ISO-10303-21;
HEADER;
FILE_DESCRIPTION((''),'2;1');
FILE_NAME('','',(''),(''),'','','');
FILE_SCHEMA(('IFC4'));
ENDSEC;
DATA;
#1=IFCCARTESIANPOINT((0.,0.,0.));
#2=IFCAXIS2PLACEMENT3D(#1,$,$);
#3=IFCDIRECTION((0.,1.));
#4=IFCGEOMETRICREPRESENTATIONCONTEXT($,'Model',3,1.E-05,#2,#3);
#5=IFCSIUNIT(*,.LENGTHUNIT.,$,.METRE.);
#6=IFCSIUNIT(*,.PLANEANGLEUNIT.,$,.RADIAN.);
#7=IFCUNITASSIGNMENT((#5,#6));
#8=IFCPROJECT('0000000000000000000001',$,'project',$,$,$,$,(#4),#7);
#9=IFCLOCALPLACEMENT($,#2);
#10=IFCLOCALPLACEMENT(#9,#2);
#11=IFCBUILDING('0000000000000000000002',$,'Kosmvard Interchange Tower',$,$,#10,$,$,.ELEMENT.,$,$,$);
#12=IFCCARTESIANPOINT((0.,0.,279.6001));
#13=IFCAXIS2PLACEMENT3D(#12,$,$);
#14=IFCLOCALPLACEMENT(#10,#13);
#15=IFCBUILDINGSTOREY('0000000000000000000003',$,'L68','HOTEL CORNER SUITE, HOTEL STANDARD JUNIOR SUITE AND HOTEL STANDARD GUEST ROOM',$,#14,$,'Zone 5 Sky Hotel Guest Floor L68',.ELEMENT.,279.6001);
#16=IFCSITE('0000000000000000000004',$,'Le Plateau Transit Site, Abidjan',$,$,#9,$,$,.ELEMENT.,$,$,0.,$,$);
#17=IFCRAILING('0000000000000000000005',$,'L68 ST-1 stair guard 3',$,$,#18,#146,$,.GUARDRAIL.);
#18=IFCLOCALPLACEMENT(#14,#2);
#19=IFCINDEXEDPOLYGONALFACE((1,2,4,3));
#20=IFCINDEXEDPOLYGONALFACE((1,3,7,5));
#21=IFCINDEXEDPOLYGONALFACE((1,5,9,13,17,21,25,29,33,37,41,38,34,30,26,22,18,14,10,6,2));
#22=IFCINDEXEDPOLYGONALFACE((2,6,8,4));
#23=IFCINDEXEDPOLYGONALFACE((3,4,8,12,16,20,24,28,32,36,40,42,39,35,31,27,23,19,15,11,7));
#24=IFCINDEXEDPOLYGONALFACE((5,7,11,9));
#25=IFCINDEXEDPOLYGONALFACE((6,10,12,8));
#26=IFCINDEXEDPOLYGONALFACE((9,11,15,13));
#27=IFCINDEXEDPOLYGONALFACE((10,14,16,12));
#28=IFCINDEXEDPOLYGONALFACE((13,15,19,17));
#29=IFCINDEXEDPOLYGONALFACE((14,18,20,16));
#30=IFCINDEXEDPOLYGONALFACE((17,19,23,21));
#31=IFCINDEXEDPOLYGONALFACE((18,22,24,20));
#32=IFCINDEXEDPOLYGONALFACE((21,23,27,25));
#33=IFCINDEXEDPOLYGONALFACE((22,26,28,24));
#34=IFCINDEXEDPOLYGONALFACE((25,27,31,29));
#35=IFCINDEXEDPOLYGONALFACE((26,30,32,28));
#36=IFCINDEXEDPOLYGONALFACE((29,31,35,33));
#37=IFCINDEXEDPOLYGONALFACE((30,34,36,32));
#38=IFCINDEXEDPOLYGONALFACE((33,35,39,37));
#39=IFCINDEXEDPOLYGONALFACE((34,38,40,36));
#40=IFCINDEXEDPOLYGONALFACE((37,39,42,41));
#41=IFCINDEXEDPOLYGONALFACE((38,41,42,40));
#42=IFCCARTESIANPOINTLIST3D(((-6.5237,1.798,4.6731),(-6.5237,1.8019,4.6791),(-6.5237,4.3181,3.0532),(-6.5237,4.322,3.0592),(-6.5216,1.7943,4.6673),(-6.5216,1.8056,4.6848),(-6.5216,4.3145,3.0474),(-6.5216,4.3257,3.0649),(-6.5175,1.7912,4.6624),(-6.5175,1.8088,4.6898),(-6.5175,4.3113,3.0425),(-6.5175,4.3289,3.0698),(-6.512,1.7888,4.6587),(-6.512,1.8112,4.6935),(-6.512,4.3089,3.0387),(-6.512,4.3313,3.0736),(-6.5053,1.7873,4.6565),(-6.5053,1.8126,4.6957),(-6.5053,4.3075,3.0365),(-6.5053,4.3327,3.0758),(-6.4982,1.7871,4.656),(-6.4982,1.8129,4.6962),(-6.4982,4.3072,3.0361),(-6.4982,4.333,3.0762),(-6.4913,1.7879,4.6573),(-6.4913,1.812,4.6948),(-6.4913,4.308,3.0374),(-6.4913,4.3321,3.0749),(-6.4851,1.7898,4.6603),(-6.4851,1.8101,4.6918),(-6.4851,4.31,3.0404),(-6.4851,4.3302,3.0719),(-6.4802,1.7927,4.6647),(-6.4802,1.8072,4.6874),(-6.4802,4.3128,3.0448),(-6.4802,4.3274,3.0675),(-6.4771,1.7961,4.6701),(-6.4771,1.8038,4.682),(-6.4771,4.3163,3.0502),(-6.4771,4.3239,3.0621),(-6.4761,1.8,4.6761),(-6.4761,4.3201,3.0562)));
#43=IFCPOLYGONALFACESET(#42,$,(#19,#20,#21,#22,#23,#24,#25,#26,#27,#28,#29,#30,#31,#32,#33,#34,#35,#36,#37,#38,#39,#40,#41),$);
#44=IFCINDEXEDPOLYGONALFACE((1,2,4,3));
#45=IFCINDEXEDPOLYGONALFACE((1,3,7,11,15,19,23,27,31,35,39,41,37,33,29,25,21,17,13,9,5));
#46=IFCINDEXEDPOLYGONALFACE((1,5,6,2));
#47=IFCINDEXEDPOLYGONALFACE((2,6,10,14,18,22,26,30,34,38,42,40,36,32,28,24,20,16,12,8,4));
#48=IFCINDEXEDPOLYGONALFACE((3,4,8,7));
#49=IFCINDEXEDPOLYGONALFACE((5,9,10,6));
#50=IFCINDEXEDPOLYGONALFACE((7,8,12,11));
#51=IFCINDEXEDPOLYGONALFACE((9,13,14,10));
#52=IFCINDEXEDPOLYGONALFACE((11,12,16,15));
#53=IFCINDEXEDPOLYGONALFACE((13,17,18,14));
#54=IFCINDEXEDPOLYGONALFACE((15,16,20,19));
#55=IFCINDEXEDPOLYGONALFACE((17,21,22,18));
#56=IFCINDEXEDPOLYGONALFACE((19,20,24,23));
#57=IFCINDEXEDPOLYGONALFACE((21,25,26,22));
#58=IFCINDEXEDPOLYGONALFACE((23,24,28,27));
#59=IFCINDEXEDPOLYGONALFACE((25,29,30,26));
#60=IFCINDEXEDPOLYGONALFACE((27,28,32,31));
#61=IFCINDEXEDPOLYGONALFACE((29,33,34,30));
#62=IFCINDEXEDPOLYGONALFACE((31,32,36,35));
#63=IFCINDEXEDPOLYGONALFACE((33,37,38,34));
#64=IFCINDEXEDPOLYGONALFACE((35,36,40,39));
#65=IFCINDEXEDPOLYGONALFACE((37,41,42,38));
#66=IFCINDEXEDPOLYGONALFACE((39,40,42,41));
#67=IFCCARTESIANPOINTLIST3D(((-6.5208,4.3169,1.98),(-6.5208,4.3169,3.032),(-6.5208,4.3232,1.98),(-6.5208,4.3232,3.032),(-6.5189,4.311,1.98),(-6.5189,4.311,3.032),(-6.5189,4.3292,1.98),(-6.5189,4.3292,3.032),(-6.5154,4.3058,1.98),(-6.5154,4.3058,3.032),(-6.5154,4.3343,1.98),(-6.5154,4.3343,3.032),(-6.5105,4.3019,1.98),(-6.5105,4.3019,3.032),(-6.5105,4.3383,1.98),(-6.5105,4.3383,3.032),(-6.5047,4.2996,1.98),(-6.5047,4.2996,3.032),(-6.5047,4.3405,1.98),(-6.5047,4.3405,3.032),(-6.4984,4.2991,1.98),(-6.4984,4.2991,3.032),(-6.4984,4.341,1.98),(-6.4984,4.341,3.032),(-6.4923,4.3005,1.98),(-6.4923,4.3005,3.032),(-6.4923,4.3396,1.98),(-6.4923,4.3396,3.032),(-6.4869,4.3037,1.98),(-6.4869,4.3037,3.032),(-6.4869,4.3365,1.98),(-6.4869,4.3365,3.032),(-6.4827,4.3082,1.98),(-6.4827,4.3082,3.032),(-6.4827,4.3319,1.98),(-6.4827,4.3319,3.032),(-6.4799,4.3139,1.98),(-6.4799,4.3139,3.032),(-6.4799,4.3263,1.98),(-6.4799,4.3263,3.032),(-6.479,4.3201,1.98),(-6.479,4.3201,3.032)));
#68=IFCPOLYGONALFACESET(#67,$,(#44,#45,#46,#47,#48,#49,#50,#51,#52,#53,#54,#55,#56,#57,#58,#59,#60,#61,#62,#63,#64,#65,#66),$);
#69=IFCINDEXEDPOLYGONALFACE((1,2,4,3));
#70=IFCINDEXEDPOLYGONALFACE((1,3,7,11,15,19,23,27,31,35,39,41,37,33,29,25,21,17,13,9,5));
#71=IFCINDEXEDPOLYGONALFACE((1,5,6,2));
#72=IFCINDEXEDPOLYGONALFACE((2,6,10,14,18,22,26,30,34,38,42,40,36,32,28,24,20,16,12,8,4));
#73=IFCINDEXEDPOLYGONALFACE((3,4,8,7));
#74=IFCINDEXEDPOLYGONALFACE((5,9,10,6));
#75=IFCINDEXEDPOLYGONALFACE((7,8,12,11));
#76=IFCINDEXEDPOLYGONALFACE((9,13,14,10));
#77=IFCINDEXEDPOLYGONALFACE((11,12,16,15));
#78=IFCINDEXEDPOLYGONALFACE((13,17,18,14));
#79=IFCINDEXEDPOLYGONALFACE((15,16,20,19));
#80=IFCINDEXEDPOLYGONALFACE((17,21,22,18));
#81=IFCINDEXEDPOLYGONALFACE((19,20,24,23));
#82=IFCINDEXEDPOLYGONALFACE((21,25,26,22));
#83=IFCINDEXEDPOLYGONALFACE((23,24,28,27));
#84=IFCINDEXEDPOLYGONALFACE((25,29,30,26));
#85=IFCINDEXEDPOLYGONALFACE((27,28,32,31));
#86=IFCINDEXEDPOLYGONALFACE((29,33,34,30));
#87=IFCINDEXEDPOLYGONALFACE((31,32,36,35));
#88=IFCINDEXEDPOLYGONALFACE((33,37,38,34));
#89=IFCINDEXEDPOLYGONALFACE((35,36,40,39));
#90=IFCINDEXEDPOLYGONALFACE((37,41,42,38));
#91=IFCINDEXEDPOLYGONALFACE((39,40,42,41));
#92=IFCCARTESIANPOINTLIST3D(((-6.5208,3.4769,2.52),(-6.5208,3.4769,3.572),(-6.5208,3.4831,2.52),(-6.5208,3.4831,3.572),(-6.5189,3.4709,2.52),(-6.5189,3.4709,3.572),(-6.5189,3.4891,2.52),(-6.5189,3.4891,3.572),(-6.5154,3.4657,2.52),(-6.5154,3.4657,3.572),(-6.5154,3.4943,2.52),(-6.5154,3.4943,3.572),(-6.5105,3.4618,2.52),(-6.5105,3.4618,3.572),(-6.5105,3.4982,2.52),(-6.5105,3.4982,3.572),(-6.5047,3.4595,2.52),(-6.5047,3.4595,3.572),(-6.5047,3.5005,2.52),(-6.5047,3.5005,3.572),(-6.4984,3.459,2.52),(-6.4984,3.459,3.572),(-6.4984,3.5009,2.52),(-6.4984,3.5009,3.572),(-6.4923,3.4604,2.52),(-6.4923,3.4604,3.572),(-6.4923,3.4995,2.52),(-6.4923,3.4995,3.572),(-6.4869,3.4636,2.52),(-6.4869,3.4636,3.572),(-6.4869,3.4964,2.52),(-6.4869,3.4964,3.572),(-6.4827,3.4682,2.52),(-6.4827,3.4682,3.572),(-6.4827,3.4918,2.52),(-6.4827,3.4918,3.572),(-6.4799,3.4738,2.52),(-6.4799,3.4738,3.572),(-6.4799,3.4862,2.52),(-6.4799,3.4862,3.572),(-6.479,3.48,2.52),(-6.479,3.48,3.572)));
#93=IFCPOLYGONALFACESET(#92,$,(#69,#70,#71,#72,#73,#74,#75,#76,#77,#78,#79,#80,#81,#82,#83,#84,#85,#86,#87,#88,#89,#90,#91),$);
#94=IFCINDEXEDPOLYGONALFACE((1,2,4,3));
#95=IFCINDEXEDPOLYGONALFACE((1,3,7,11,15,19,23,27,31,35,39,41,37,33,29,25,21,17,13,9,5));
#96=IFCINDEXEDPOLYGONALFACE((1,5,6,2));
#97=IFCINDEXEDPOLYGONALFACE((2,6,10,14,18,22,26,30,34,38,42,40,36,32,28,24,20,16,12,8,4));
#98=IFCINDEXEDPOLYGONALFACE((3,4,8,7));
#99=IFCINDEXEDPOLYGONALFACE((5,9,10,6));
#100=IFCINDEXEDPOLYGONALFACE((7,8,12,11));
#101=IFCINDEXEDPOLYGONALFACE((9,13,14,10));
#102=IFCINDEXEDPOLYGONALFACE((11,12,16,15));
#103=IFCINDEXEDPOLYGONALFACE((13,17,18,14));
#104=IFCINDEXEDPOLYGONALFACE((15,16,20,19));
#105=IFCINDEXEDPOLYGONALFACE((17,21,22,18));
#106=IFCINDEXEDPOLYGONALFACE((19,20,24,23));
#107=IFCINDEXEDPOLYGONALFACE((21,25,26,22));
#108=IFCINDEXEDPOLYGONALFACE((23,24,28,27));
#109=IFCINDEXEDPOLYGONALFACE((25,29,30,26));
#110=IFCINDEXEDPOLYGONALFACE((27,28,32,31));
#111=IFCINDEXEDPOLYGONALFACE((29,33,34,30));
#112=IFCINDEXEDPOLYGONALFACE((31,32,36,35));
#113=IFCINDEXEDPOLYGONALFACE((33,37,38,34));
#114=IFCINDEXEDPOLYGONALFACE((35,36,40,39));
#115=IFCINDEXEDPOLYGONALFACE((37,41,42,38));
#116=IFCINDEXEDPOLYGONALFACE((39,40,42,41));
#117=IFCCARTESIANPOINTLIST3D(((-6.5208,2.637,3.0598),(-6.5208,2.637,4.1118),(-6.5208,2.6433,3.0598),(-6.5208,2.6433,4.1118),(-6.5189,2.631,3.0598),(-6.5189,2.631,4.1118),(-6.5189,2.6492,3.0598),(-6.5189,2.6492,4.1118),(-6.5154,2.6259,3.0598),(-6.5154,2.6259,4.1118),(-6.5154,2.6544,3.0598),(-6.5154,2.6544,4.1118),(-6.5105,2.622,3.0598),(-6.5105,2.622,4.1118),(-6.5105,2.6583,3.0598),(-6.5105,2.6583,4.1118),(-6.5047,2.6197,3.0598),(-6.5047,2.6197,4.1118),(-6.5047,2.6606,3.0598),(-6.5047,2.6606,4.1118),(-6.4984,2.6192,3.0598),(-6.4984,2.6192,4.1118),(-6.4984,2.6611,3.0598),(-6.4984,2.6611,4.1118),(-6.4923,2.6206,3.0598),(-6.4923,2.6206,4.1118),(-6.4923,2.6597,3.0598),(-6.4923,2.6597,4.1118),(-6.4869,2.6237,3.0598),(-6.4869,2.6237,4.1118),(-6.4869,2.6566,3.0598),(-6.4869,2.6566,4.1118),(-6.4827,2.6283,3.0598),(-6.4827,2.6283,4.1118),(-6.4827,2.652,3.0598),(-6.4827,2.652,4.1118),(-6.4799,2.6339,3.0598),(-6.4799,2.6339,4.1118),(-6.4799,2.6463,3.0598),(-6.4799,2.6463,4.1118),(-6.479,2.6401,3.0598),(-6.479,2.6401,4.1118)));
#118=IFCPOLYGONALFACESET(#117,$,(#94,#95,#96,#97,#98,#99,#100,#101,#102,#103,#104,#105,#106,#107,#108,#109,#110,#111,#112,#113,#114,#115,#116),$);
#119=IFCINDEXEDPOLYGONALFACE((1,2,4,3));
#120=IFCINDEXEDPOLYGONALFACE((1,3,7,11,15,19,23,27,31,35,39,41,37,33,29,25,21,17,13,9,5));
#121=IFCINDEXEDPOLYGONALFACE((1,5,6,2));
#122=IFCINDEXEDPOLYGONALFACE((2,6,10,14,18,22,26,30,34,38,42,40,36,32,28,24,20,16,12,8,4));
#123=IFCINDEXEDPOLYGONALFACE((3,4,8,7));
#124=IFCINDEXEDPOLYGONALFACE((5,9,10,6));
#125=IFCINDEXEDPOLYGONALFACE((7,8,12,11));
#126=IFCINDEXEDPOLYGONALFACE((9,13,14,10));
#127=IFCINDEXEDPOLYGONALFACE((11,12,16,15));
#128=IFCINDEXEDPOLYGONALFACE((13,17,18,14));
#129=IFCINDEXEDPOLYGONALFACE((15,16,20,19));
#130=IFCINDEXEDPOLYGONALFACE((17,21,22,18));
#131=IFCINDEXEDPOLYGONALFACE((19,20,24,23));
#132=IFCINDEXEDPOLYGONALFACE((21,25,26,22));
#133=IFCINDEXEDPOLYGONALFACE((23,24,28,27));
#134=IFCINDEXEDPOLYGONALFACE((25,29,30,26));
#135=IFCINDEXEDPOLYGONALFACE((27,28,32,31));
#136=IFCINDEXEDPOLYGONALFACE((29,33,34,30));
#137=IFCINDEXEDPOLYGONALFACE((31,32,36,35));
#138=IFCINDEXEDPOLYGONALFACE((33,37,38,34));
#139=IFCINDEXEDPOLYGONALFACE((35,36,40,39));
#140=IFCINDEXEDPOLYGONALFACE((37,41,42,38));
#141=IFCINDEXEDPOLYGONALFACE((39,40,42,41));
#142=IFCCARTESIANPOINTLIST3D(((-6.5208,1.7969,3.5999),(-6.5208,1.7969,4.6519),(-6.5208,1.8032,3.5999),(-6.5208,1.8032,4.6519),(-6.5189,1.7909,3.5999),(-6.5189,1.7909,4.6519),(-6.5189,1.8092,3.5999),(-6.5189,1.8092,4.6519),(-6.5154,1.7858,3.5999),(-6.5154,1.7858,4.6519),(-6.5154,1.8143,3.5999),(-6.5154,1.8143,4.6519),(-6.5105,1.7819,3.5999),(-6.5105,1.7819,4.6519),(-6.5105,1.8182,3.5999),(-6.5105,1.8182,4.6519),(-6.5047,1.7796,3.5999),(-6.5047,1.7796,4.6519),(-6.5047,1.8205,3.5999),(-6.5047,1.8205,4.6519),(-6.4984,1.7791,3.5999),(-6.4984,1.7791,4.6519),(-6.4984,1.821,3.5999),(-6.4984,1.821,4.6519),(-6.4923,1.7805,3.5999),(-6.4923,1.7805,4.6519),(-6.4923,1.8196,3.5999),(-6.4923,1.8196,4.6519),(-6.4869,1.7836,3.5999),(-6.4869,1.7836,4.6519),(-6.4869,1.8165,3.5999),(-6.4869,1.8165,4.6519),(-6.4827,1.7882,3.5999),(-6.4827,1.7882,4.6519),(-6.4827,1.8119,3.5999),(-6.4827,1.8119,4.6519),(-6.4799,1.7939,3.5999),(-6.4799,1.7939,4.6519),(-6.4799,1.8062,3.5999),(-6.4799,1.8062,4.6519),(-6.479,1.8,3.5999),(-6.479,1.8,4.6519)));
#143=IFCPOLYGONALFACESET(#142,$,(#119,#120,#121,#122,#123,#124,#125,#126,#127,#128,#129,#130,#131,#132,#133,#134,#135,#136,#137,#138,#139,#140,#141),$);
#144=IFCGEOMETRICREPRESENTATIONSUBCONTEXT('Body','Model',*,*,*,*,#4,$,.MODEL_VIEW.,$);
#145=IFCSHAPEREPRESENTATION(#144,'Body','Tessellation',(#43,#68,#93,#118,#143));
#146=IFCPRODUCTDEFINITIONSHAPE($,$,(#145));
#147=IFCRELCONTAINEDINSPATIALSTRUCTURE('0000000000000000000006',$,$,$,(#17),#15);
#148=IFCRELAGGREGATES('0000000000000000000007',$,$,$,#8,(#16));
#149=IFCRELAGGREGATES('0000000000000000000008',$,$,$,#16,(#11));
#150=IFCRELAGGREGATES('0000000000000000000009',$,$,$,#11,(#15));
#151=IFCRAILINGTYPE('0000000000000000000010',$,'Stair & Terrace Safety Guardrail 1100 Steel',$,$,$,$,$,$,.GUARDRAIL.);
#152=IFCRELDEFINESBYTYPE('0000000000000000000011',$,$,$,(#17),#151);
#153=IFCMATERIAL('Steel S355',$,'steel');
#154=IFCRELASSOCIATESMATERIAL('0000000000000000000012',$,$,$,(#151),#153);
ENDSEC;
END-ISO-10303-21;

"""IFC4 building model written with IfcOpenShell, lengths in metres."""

from ifc_helpers import new_model, si_unit, direction, frame, origin, origin_2d, place, context, subcontext, project, spatial, circle, extrude, source, transform, mapped, material, type_object, element, save


model = new_model("IFC4")

# Units and contexts
model_context = context("Model", 3, precision=1e-05, world=origin(), true_north=direction((0.0, 1.0)))
body_context = subcontext(model_context, "Body", "Model", "MODEL_VIEW")
ifc_project = project(units=[si_unit("LENGTHUNIT", "METRE"), si_unit("PLANEANGLEUNIT", "RADIAN")], contexts=[model_context])

# Site, building, storey
site_placement = place(None, origin())
site = spatial("IfcSite", under=ifc_project, at=site_placement, Name="Le Plateau Transit Site, Abidjan", CompositionType="ELEMENT", RefElevation=0.0)
building_placement = place(site_placement, origin())
building = spatial("IfcBuilding", under=site, at=building_placement, Name="Kosmvard Interchange Tower", CompositionType="ELEMENT")
storey_placement = place(building_placement, frame((0.0, 0.0, 279.6001)))
storey = spatial("IfcBuildingStorey", under=building, at=storey_placement, Name="L68", Description="HOTEL CORNER SUITE, HOTEL STANDARD JUNIOR SUITE AND HOTEL STANDARD GUEST ROOM", LongName="Zone 5 Sky Hotel Guest Floor L68", CompositionType="ELEMENT", Elevation=279.6001)

# Shared definitions
ifc_material_1 = material(Name="Steel S355", Category="steel")

# Railing
railing_type_1 = type_object("IfcRailingType", Name="Stair & Terrace Safety Guardrail 1100 Steel", PredefinedType="GUARDRAIL", material=ifc_material_1)
shared_shape_1 = source(origin(), body_context, "Body", "SweptSolid", [
    extrude(circle(Radius=0.0239, at=origin_2d()), frame((0.0, 0.0, 1.0762), z_axis=(0.0, -0.8412, 0.540725), x_axis=(1.0, 0.0, 0.0)), (0.0, 0.0, 1.0), 2.9958),
    extrude(circle(Radius=0.021, at=origin_2d()), origin(), (0.0, 0.0, 1.0), 1.052),
    extrude(circle(Radius=0.021, at=origin_2d()), frame((0.0, -0.8401, 0.54)), (0.0, 0.0, 1.0), 1.052),
    extrude(circle(Radius=0.021, at=origin_2d()), frame((0.0, -1.6799, 1.0798)), (0.0, 0.0, 1.0), 1.052),
    extrude(circle(Radius=0.021, at=origin_2d()), frame((0.0, -2.52, 1.6199)), (0.0, 0.0, 1.0), 1.052),
])
railing_1_placement = place(storey_placement, frame((-6.5, 4.3201, 1.98)))
element("IfcRailing", 1, at=railing_1_placement, inside=storey, type_object=railing_type_1, Name="L68 ST-1 stair guard 3", PredefinedType="GUARDRAIL", context=body_context, shape_type="MappedRepresentation", body=[
    mapped(shared_shape_1, transform((0.0, 0.0, 0.0), scale=1.0)),
])

save(model, "model.ifc")
